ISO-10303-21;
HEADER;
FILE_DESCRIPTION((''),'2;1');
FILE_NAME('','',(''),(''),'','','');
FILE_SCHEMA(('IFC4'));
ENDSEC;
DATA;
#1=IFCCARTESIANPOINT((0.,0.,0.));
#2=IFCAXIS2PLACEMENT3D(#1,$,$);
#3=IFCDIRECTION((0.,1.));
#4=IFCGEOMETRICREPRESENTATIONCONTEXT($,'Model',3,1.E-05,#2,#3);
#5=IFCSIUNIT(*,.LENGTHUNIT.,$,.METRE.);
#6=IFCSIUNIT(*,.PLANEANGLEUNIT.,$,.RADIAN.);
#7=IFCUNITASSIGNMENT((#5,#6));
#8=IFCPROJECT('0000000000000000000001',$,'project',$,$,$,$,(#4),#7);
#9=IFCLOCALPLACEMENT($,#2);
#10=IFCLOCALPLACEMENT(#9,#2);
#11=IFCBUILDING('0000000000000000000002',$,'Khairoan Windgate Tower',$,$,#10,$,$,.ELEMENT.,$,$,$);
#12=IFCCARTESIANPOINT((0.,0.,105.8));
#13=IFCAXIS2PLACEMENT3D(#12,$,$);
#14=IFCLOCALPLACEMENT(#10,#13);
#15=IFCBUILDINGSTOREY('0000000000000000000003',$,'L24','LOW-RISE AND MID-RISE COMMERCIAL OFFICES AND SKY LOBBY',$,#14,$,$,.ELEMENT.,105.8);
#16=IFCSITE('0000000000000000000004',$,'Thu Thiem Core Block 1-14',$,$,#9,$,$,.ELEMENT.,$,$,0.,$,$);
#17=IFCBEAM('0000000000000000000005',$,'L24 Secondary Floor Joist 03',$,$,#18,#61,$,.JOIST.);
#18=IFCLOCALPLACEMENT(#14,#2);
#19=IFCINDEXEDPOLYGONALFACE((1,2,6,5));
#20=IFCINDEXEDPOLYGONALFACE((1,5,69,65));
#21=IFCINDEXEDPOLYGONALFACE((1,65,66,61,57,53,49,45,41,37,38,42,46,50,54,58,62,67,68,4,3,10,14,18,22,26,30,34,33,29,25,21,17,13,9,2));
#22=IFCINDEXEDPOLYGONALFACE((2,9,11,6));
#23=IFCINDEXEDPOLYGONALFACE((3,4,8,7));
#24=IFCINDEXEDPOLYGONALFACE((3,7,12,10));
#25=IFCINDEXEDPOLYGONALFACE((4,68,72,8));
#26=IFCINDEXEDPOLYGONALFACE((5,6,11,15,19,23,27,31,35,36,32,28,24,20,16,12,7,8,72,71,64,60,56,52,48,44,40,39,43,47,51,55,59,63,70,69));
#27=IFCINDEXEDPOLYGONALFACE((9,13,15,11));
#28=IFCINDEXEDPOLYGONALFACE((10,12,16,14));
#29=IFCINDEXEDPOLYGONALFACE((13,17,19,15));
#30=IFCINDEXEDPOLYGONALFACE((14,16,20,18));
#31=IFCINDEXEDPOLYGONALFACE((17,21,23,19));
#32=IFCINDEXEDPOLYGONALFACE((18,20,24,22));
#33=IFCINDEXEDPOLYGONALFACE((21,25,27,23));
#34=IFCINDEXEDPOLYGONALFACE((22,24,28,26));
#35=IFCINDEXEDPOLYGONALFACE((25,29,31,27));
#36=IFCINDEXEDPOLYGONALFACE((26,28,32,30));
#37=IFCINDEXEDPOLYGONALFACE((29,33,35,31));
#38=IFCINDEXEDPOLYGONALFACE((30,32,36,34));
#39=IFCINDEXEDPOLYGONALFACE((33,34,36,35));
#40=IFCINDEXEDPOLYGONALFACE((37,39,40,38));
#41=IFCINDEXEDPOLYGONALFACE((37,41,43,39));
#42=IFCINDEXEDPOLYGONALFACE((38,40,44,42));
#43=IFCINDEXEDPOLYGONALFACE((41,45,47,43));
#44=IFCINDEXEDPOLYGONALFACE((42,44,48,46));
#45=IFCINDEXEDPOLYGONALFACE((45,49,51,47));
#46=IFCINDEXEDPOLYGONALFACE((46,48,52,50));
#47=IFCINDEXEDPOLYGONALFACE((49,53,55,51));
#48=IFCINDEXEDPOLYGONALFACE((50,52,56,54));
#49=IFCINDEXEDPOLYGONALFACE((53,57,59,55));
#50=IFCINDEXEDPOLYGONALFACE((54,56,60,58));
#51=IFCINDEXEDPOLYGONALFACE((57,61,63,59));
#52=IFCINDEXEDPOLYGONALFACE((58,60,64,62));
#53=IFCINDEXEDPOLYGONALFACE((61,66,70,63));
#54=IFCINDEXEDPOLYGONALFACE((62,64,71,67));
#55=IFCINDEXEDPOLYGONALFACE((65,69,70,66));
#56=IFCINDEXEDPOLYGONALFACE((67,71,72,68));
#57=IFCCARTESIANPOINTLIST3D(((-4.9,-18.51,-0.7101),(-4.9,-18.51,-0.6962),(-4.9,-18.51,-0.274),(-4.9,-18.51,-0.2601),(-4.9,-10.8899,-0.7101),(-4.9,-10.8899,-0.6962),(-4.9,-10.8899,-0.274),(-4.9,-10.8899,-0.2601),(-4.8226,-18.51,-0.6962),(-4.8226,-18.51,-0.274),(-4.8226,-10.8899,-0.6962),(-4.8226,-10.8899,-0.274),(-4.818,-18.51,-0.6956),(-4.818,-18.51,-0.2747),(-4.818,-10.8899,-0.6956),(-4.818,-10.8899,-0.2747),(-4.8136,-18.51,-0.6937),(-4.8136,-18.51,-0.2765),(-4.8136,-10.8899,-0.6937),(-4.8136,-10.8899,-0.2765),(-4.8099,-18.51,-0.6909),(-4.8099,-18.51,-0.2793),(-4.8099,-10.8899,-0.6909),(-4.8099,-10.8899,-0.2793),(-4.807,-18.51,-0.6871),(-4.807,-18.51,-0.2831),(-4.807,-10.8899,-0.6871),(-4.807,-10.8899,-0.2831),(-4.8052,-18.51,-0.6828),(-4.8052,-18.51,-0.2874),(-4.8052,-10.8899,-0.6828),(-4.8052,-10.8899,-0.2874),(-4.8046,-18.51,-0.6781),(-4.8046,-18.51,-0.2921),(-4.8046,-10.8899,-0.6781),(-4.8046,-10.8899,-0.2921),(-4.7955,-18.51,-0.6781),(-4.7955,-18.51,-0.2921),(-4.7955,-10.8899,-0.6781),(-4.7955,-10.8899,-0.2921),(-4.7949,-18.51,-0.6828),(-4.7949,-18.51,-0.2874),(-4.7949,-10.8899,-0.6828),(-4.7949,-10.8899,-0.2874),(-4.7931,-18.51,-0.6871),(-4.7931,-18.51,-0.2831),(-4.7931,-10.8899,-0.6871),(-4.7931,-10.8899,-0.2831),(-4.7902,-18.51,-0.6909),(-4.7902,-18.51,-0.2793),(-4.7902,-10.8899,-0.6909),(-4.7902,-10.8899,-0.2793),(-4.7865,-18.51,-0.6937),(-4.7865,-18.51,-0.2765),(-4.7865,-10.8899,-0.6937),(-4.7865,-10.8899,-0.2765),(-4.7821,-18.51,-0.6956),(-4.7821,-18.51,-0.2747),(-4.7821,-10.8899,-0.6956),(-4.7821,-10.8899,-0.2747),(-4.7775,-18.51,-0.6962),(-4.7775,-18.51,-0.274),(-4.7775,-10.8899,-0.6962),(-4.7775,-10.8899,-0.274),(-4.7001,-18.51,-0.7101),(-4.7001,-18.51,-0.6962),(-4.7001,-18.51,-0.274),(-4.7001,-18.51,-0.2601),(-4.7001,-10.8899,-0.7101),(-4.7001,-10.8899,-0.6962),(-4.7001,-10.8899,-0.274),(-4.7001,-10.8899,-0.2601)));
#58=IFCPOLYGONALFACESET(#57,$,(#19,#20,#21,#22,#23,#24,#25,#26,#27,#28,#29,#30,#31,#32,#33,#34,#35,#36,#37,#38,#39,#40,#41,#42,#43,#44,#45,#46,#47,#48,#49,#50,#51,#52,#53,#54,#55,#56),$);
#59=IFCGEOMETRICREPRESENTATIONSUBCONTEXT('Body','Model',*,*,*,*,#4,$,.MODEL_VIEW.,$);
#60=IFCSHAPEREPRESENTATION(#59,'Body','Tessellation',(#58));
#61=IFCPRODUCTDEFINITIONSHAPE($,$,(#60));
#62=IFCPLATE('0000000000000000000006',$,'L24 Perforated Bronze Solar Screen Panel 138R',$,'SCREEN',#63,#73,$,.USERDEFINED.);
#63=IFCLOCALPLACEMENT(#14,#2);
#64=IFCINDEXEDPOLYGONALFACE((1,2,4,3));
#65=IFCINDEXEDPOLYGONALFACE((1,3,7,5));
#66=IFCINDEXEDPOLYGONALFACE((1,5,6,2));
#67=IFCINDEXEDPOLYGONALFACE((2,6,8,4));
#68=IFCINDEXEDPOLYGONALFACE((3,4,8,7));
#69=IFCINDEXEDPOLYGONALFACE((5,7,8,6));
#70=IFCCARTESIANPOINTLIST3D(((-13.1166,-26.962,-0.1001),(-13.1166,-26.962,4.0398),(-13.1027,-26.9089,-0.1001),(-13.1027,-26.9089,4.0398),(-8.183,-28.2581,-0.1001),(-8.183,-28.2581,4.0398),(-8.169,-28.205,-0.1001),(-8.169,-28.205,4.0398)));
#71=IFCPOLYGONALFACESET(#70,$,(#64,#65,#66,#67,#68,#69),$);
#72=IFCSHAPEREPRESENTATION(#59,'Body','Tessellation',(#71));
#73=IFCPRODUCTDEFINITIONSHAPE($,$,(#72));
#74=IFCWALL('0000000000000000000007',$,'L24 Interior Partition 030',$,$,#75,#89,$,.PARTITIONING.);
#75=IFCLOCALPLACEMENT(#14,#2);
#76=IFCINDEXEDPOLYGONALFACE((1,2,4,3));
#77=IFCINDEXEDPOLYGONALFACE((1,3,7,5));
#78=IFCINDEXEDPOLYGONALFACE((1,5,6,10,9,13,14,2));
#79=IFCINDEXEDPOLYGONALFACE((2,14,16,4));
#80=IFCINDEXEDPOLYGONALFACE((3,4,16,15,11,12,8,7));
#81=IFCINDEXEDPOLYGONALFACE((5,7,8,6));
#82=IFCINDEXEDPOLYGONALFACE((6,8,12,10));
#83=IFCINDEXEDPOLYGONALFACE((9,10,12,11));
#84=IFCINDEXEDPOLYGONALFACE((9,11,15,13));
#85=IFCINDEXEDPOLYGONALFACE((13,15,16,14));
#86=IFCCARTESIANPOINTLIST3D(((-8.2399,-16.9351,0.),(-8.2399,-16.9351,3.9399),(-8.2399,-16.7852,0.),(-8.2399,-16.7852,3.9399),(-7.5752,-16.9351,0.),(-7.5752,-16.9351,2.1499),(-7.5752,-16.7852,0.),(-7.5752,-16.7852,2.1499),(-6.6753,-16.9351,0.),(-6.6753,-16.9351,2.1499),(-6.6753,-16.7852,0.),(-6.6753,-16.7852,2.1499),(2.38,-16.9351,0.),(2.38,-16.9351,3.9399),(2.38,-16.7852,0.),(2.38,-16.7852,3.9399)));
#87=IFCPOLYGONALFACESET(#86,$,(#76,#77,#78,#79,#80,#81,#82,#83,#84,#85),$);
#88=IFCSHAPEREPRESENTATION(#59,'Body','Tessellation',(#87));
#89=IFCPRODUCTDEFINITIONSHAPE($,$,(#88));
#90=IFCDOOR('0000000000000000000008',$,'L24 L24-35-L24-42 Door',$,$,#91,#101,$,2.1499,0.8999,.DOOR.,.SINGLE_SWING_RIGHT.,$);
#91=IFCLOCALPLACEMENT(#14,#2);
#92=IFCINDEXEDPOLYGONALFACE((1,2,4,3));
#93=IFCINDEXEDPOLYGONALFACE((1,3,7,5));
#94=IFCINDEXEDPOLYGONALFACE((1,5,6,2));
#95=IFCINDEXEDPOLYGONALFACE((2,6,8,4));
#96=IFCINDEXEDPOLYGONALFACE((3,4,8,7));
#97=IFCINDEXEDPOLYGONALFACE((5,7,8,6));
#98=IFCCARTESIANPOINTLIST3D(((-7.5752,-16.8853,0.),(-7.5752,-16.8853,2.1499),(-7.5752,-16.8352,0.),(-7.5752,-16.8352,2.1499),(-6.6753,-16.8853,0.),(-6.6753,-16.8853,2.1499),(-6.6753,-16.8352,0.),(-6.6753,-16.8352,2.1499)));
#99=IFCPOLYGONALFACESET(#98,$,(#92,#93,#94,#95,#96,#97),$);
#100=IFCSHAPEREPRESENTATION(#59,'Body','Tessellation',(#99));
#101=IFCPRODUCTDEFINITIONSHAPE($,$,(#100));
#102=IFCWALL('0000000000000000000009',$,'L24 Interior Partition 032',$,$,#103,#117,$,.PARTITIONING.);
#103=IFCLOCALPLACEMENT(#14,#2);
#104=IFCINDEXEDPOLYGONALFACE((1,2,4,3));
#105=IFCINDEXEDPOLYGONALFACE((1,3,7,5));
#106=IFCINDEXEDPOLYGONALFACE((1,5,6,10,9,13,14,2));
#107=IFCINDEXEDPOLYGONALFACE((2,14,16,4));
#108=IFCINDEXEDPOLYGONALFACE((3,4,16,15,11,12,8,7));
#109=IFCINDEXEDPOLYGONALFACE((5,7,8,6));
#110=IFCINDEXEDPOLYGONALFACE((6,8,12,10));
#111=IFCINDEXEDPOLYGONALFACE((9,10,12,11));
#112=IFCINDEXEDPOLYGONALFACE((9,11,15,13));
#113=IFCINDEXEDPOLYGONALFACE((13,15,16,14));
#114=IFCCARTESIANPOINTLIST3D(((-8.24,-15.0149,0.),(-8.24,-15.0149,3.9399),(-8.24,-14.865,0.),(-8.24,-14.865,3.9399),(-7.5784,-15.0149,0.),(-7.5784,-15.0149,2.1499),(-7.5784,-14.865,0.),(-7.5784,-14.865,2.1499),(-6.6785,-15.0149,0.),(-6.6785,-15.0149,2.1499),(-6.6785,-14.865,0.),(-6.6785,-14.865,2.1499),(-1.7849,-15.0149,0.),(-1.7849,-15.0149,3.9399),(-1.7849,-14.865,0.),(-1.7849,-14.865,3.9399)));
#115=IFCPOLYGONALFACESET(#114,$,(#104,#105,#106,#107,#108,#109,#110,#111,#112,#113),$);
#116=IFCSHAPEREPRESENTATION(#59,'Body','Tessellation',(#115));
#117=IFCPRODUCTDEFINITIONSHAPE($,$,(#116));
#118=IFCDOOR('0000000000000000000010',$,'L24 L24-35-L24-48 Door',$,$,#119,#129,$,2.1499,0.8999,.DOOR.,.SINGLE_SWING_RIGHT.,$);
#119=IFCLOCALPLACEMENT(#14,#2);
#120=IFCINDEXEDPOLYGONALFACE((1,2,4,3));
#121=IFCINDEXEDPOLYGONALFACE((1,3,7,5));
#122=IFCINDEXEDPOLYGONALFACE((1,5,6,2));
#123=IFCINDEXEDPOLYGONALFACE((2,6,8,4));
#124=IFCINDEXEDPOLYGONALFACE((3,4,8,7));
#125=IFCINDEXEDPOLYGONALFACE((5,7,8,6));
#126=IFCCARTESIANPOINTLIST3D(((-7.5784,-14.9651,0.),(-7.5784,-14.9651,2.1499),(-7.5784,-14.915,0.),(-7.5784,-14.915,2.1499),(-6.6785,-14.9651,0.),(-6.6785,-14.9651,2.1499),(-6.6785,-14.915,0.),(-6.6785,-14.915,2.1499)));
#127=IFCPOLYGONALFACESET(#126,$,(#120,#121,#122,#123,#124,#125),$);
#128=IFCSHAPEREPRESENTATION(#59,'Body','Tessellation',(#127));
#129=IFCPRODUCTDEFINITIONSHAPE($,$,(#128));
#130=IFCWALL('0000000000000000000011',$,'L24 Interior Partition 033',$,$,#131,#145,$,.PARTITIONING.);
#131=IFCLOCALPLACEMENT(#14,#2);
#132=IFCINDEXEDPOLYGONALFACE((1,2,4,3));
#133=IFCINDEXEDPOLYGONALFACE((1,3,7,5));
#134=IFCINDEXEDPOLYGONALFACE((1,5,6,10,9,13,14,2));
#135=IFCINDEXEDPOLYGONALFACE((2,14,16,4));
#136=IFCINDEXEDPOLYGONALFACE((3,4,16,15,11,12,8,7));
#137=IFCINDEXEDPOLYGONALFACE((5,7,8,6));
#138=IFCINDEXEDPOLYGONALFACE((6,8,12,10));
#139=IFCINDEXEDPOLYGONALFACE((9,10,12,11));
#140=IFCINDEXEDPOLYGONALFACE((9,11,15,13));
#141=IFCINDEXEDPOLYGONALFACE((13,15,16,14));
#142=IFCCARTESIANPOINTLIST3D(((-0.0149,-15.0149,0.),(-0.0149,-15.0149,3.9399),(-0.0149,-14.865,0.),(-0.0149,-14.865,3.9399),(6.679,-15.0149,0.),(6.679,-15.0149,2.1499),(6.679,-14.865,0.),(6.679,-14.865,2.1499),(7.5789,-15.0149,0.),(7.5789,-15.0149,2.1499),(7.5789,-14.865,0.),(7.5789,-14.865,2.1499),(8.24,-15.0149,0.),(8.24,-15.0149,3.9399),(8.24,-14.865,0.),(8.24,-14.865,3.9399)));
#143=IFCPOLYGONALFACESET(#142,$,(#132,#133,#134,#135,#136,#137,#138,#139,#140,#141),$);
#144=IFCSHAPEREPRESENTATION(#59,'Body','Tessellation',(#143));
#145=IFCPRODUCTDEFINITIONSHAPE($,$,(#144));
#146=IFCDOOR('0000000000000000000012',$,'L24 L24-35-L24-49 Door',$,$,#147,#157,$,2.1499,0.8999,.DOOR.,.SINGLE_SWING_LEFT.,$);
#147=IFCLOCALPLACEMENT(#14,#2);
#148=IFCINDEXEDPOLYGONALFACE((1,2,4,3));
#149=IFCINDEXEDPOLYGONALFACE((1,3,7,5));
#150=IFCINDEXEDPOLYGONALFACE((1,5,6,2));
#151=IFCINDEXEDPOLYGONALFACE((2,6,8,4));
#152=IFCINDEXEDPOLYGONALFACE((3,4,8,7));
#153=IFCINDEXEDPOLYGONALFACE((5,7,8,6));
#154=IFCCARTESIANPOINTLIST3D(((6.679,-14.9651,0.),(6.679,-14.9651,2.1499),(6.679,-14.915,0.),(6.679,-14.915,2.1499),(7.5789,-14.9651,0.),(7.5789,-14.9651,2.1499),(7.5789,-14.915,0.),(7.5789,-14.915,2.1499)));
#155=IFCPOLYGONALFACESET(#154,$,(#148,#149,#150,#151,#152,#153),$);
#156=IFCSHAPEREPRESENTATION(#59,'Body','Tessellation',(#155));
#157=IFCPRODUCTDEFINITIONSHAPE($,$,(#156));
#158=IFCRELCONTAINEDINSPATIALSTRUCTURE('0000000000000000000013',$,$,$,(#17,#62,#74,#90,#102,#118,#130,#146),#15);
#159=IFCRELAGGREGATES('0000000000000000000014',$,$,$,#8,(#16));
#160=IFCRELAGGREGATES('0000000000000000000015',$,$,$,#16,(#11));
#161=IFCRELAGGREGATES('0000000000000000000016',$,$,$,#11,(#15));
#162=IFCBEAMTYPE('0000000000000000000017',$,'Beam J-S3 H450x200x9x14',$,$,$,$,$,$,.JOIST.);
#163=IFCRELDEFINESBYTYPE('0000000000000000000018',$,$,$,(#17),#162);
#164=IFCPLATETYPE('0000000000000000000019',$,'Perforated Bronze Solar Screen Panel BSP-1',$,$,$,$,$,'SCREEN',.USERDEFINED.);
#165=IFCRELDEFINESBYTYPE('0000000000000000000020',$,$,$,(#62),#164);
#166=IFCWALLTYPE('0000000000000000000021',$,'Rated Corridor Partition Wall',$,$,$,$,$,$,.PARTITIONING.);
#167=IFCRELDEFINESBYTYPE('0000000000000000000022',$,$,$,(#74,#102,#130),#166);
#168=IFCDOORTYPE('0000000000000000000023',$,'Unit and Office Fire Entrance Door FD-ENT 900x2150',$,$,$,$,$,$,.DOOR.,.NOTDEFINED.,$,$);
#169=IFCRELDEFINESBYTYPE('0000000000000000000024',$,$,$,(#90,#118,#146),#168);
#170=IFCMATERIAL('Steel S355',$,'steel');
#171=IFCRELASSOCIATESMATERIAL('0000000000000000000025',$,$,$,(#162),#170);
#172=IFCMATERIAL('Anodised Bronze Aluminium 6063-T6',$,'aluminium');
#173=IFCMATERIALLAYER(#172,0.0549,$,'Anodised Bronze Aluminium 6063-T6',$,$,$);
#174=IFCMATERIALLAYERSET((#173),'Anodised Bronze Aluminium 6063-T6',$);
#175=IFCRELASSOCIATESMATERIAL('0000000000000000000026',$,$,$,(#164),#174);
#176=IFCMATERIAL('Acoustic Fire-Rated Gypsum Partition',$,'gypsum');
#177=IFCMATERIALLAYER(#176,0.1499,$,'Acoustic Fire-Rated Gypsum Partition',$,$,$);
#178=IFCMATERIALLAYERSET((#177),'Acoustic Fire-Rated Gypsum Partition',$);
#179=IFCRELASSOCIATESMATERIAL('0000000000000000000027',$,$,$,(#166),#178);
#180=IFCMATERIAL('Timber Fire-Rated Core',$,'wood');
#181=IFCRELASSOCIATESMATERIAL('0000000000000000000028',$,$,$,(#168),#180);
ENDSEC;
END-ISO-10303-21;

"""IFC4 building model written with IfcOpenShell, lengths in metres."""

from ifc_helpers import new_model, si_unit, direction, frame, frame_2d, origin, origin_2d, place, context, subcontext, project, spatial, rectangle, i_section, extrude, material, layer, layer_set, material_profile, profile_set, type_object, element, fill, save


model = new_model("IFC4")

# Units and contexts
model_context = context("Model", 3, precision=1e-05, world=origin(), true_north=direction((0.0, 1.0)))
body_context = subcontext(model_context, "Body", "Model", "MODEL_VIEW")
ifc_project = project(units=[si_unit("LENGTHUNIT", "METRE"), si_unit("PLANEANGLEUNIT", "RADIAN")], contexts=[model_context])

# Site, building, storey
site_placement = place(None, origin())
site = spatial("IfcSite", under=ifc_project, at=site_placement, Name="Thu Thiem Core Block 1-14", CompositionType="ELEMENT", RefElevation=0.0)
building_placement = place(site_placement, origin())
building = spatial("IfcBuilding", under=site, at=building_placement, Name="Khairoan Windgate Tower", CompositionType="ELEMENT")
storey_placement = place(building_placement, frame((0.0, 0.0, 105.8)))
storey = spatial("IfcBuildingStorey", under=building, at=storey_placement, Name="L24", Description="LOW-RISE AND MID-RISE COMMERCIAL OFFICES AND SKY LOBBY", CompositionType="ELEMENT", Elevation=105.8)

# Beam
ifc_material_1 = material(Name="Steel S355", Category="steel")
ifc_material_profile_1 = material_profile(ifc_material_1, i_section(OverallWidth=0.2, OverallDepth=0.45, WebThickness=0.009, FlangeThickness=0.0139, FilletRadius=0.0181, at=origin_2d()))
ifc_profile_set_1 = profile_set([ifc_material_profile_1], Name="Steel S355")
beam_type_1 = type_object("IfcBeamType", Name="Beam J-S3 H450x200x9x14", PredefinedType="JOIST", material=ifc_profile_set_1)
beam_1_placement = place(storey_placement, frame((-4.8, -18.51, -0.4851), z_axis=(0.0, 1.0, 0.0), x_axis=(-1.0, 0.0, 0.0)))
element("IfcBeam", 1, at=beam_1_placement, inside=storey, type_object=beam_type_1, Name="L24 Secondary Floor Joist 03", PredefinedType="JOIST", context=body_context, shape_type="SweptSolid", body=[
    extrude(i_section(OverallWidth=0.2, OverallDepth=0.45, WebThickness=0.009, FlangeThickness=0.0139, FilletRadius=0.0181, at=origin_2d()), origin(), (0.0, 0.0, 1.0), 7.6201),
])

# Plate
ifc_material_2 = material(Name="Anodised Bronze Aluminium 6063-T6", Category="aluminium")
ifc_layer_1 = layer(ifc_material_2, 0.0549, Name="Anodised Bronze Aluminium 6063-T6")
ifc_layer_set_1 = layer_set([ifc_layer_1], Name="Anodised Bronze Aluminium 6063-T6")
plate_type = type_object("IfcPlateType", Name="Perforated Bronze Solar Screen Panel BSP-1", ElementType="SCREEN", PredefinedType="USERDEFINED", material=ifc_layer_set_1)
plate_placement = place(storey_placement, frame((-10.6428, -27.5835, -0.1001), z_axis=(0.0, 0.0, 1.0), x_axis=(-0.967179, 0.254096, 0.0)))
element("IfcPlate", 2, at=plate_placement, inside=storey, type_object=plate_type, Name="L24 Perforated Bronze Solar Screen Panel 138R", ObjectType="SCREEN", PredefinedType="USERDEFINED", context=body_context, shape_type="SweptSolid", body=[
    extrude(rectangle(XDim=5.1011, YDim=0.0549, at=origin_2d()), origin(), (0.0, 0.0, 1.0), 4.1399),
])

# Walls, openings, doors
ifc_material_3 = material(Name="Acoustic Fire-Rated Gypsum Partition", Category="gypsum")
ifc_layer_2 = layer(ifc_material_3, 0.1499, Name="Acoustic Fire-Rated Gypsum Partition")
ifc_layer_set_2 = layer_set([ifc_layer_2], Name="Acoustic Fire-Rated Gypsum Partition")
wall_type_1 = type_object("IfcWallType", Name="Rated Corridor Partition Wall", PredefinedType="PARTITIONING", material=ifc_layer_set_2)
wall_1_placement = place(storey_placement, frame((-8.24, -16.8601, 0.0), z_axis=(0.0, 0.0, 1.0), x_axis=(1.0, 0.0, 0.0)))
wall_1 = element("IfcWall", 3, at=wall_1_placement, inside=storey, type_object=wall_type_1, Name="L24 Interior Partition 030", PredefinedType="PARTITIONING", context=body_context, shape_type="SweptSolid", body=[
    extrude(rectangle(XDim=10.6199, YDim=0.1499, at=frame_2d((5.3101, 0.0))), origin(), (0.0, 0.0, 1.0), 3.9399),
])
opening_1_placement = place(wall_1_placement, frame((0.6648, 0.0, 0.0)))
opening_1 = element("IfcOpeningElement", 4, at=opening_1_placement, cuts=wall_1, PredefinedType="OPENING", context=body_context, shape_type="SweptSolid", body=[
    extrude(rectangle(XDim=0.8999, YDim=2.1499, at=frame_2d((0.45, 1.075))), frame((0.0, 0.085, 0.0), z_axis=(0.0, -1.0, 0.0), x_axis=(1.0, 0.0, 0.0)), (0.0, 0.0, 1.0), 0.1699),
])
ifc_material_4 = material(Name="Timber Fire-Rated Core", Category="wood")
door_type_1 = type_object("IfcDoorType", Name="Unit and Office Fire Entrance Door FD-ENT 900x2150", OperationType="NOTDEFINED", PredefinedType="DOOR", material=ifc_material_4)
door_1_placement = place(opening_1_placement, origin())
door_1 = element("IfcDoor", 5, at=door_1_placement, inside=storey, type_object=door_type_1, Name="L24 L24-35-L24-42 Door", OperationType="SINGLE_SWING_RIGHT", OverallHeight=2.1499, OverallWidth=0.8999, PredefinedType="DOOR", context=body_context, shape_type="SweptSolid", body=[
    extrude(rectangle(XDim=0.8999, YDim=2.1499, at=frame_2d((0.45, 1.075))), frame((0.0, 0.0249, 0.0), z_axis=(0.0, -1.0, 0.0), x_axis=(1.0, 0.0, 0.0)), (0.0, 0.0, 1.0), 0.05),
])
fill(opening_1, door_1)
wall_2_placement = place(storey_placement, frame((-8.24, -14.9399, 0.0), z_axis=(0.0, 0.0, 1.0), x_axis=(1.0, 0.0, 0.0)))
wall_2 = element("IfcWall", 6, at=wall_2_placement, inside=storey, type_object=wall_type_1, Name="L24 Interior Partition 032", PredefinedType="PARTITIONING", context=body_context, shape_type="SweptSolid", body=[
    extrude(rectangle(XDim=6.4551, YDim=0.1499, at=frame_2d((3.2275, 0.0))), origin(), (0.0, 0.0, 1.0), 3.9399),
])
opening_2_placement = place(wall_2_placement, frame((0.6616, 0.0, 0.0)))
opening_2 = element("IfcOpeningElement", 7, at=opening_2_placement, cuts=wall_2, PredefinedType="OPENING", context=body_context, shape_type="SweptSolid", body=[
    extrude(rectangle(XDim=0.8999, YDim=2.1499, at=frame_2d((0.45, 1.075))), frame((0.0, 0.085, 0.0), z_axis=(0.0, -1.0, 0.0), x_axis=(1.0, 0.0, 0.0)), (0.0, 0.0, 1.0), 0.1699),
])
door_2_placement = place(opening_2_placement, origin())
door_2 = element("IfcDoor", 8, at=door_2_placement, inside=storey, type_object=door_type_1, Name="L24 L24-35-L24-48 Door", OperationType="SINGLE_SWING_RIGHT", OverallHeight=2.1499, OverallWidth=0.8999, PredefinedType="DOOR", context=body_context, shape_type="SweptSolid", body=[
    extrude(rectangle(XDim=0.8999, YDim=2.1499, at=frame_2d((0.45, 1.075))), frame((0.0, 0.0249, 0.0), z_axis=(0.0, -1.0, 0.0), x_axis=(1.0, 0.0, 0.0)), (0.0, 0.0, 1.0), 0.05),
])
fill(opening_2, door_2)
wall_3_placement = place(storey_placement, frame((-0.0149, -14.9399, 0.0), z_axis=(0.0, 0.0, 1.0), x_axis=(1.0, 0.0, 0.0)))
wall_3 = element("IfcWall", 9, at=wall_3_placement, inside=storey, type_object=wall_type_1, Name="L24 Interior Partition 033", PredefinedType="PARTITIONING", context=body_context, shape_type="SweptSolid", body=[
    extrude(rectangle(XDim=8.2549, YDim=0.1499, at=frame_2d((4.1274, 0.0))), origin(), (0.0, 0.0, 1.0), 3.9399),
])
opening_3_placement = place(wall_3_placement, frame((6.6938, 0.0, 0.0)))
opening_3 = element("IfcOpeningElement", 10, at=opening_3_placement, cuts=wall_3, PredefinedType="OPENING", context=body_context, shape_type="SweptSolid", body=[
    extrude(rectangle(XDim=0.8999, YDim=2.1499, at=frame_2d((0.45, 1.075))), frame((0.0, 0.085, 0.0), z_axis=(0.0, -1.0, 0.0), x_axis=(1.0, 0.0, 0.0)), (0.0, 0.0, 1.0), 0.1699),
])
door_3_placement = place(opening_3_placement, origin())
door_3 = element("IfcDoor", 11, at=door_3_placement, inside=storey, type_object=door_type_1, Name="L24 L24-35-L24-49 Door", OperationType="SINGLE_SWING_LEFT", OverallHeight=2.1499, OverallWidth=0.8999, PredefinedType="DOOR", context=body_context, shape_type="SweptSolid", body=[
    extrude(rectangle(XDim=0.8999, YDim=2.1499, at=frame_2d((0.45, 1.075))), frame((0.0, 0.0249, 0.0), z_axis=(0.0, -1.0, 0.0), x_axis=(1.0, 0.0, 0.0)), (0.0, 0.0, 1.0), 0.05),
])
fill(opening_3, door_3)

save(model, "model.ifc")
